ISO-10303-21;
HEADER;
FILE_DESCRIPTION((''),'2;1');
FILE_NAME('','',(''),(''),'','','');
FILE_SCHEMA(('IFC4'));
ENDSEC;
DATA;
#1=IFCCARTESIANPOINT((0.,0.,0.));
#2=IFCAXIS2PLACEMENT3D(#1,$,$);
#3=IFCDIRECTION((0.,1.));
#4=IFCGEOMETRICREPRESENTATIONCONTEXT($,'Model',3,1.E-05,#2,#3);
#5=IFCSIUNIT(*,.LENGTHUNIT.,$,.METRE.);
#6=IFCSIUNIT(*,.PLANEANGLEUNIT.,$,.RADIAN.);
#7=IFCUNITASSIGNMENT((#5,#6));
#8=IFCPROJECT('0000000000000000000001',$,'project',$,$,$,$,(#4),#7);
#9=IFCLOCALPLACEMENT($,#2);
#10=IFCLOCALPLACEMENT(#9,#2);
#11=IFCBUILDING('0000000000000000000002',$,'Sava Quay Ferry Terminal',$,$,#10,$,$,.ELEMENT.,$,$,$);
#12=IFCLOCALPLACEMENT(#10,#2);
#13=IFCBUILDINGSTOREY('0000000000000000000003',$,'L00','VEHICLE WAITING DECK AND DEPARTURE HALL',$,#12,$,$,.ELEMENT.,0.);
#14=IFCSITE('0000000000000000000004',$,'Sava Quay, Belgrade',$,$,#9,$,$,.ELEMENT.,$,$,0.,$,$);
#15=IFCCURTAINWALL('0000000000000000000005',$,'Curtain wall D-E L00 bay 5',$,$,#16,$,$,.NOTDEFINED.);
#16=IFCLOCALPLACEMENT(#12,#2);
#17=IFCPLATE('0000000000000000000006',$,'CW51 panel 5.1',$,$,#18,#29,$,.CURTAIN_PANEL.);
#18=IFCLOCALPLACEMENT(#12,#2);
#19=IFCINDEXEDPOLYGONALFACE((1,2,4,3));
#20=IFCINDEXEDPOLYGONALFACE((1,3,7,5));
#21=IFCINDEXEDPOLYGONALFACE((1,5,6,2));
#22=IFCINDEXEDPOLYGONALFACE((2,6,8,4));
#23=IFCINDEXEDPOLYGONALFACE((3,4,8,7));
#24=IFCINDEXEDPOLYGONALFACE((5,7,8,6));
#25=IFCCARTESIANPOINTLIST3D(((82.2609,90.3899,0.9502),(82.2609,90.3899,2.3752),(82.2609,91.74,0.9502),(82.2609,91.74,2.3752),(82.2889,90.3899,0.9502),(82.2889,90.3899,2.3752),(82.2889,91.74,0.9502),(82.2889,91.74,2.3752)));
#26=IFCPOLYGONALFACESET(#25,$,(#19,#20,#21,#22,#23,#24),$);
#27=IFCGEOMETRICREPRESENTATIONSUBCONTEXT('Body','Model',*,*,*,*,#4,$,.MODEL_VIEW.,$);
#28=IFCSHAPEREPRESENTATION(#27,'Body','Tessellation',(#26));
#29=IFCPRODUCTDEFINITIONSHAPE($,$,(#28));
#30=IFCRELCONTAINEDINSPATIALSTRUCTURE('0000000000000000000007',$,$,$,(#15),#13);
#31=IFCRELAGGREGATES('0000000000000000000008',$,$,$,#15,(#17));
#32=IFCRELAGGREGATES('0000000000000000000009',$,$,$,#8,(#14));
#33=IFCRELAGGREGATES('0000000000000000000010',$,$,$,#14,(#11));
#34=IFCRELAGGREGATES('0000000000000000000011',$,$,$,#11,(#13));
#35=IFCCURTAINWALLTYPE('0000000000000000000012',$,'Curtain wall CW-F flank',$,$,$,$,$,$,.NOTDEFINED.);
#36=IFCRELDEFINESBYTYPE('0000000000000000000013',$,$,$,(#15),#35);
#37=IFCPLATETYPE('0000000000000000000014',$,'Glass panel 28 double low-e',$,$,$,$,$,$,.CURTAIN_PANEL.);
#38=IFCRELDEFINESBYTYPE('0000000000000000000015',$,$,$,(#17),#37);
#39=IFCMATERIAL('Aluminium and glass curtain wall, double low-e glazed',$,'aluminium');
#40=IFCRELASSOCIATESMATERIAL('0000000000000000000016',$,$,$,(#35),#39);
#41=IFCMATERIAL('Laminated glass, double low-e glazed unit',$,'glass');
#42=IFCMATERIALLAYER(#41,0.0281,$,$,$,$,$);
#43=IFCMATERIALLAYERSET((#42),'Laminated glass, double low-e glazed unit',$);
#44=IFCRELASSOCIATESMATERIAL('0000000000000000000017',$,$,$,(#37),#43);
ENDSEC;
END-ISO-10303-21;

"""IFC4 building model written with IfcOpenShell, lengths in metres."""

from ifc_helpers import new_model, si_unit, direction, frame, origin, origin_2d, place, context, subcontext, project, spatial, rectangle, extrude, material, layer, layer_set, type_object, element, aggregate, save


model = new_model("IFC4")

# Units and contexts
model_context = context("Model", 3, precision=1e-05, world=origin(), true_north=direction((0.0, 1.0)))
body_context = subcontext(model_context, "Body", "Model", "MODEL_VIEW")
ifc_project = project(units=[si_unit("LENGTHUNIT", "METRE"), si_unit("PLANEANGLEUNIT", "RADIAN")], contexts=[model_context])

# Site, building, storey
site_placement = place(None, origin())
site = spatial("IfcSite", under=ifc_project, at=site_placement, Name="Sava Quay, Belgrade", CompositionType="ELEMENT", RefElevation=0.0)
building_placement = place(site_placement, origin())
building = spatial("IfcBuilding", under=site, at=building_placement, Name="Sava Quay Ferry Terminal", CompositionType="ELEMENT")
storey_placement = place(building_placement, origin())
storey = spatial("IfcBuildingStorey", under=building, at=storey_placement, Name="L00", Description="VEHICLE WAITING DECK AND DEPARTURE HALL", CompositionType="ELEMENT", Elevation=0.0)

# Curtain wall, plate
ifc_material_1 = material(Name="Aluminium and glass curtain wall, double low-e glazed", Category="aluminium")
curtain_wall_type = type_object("IfcCurtainWallType", Name="Curtain wall CW-F flank", PredefinedType="NOTDEFINED", material=ifc_material_1)
curtain_wall_placement = place(storey_placement, origin())
curtain_wall = element("IfcCurtainWall", 1, at=curtain_wall_placement, inside=storey, type_object=curtain_wall_type, Name="Curtain wall D-E L00 bay 5", PredefinedType="NOTDEFINED")
ifc_material_2 = material(Name="Laminated glass, double low-e glazed unit", Category="glass")
ifc_layer = layer(ifc_material_2, 0.0281)
ifc_layer_set = layer_set([ifc_layer], Name="Laminated glass, double low-e glazed unit")
plate_type = type_object("IfcPlateType", Name="Glass panel 28 double low-e", PredefinedType="CURTAIN_PANEL", material=ifc_layer_set)
plate_1_placement = place(storey_placement, frame((82.2749, 91.0649, 0.9502), z_axis=(0.0, 0.0, 1.0), x_axis=(0.0, 1.0, 0.0)))
plate_1 = element("IfcPlate", 2, at=plate_1_placement, type_object=plate_type, Name="CW51 panel 5.1", PredefinedType="CURTAIN_PANEL", context=body_context, shape_type="SweptSolid", body=[
    extrude(rectangle(XDim=1.3501, YDim=0.0281, at=origin_2d()), origin(), (0.0, 0.0, 1.0), 1.425),
])
aggregate(curtain_wall, [plate_1])

save(model, "model.ifc")
